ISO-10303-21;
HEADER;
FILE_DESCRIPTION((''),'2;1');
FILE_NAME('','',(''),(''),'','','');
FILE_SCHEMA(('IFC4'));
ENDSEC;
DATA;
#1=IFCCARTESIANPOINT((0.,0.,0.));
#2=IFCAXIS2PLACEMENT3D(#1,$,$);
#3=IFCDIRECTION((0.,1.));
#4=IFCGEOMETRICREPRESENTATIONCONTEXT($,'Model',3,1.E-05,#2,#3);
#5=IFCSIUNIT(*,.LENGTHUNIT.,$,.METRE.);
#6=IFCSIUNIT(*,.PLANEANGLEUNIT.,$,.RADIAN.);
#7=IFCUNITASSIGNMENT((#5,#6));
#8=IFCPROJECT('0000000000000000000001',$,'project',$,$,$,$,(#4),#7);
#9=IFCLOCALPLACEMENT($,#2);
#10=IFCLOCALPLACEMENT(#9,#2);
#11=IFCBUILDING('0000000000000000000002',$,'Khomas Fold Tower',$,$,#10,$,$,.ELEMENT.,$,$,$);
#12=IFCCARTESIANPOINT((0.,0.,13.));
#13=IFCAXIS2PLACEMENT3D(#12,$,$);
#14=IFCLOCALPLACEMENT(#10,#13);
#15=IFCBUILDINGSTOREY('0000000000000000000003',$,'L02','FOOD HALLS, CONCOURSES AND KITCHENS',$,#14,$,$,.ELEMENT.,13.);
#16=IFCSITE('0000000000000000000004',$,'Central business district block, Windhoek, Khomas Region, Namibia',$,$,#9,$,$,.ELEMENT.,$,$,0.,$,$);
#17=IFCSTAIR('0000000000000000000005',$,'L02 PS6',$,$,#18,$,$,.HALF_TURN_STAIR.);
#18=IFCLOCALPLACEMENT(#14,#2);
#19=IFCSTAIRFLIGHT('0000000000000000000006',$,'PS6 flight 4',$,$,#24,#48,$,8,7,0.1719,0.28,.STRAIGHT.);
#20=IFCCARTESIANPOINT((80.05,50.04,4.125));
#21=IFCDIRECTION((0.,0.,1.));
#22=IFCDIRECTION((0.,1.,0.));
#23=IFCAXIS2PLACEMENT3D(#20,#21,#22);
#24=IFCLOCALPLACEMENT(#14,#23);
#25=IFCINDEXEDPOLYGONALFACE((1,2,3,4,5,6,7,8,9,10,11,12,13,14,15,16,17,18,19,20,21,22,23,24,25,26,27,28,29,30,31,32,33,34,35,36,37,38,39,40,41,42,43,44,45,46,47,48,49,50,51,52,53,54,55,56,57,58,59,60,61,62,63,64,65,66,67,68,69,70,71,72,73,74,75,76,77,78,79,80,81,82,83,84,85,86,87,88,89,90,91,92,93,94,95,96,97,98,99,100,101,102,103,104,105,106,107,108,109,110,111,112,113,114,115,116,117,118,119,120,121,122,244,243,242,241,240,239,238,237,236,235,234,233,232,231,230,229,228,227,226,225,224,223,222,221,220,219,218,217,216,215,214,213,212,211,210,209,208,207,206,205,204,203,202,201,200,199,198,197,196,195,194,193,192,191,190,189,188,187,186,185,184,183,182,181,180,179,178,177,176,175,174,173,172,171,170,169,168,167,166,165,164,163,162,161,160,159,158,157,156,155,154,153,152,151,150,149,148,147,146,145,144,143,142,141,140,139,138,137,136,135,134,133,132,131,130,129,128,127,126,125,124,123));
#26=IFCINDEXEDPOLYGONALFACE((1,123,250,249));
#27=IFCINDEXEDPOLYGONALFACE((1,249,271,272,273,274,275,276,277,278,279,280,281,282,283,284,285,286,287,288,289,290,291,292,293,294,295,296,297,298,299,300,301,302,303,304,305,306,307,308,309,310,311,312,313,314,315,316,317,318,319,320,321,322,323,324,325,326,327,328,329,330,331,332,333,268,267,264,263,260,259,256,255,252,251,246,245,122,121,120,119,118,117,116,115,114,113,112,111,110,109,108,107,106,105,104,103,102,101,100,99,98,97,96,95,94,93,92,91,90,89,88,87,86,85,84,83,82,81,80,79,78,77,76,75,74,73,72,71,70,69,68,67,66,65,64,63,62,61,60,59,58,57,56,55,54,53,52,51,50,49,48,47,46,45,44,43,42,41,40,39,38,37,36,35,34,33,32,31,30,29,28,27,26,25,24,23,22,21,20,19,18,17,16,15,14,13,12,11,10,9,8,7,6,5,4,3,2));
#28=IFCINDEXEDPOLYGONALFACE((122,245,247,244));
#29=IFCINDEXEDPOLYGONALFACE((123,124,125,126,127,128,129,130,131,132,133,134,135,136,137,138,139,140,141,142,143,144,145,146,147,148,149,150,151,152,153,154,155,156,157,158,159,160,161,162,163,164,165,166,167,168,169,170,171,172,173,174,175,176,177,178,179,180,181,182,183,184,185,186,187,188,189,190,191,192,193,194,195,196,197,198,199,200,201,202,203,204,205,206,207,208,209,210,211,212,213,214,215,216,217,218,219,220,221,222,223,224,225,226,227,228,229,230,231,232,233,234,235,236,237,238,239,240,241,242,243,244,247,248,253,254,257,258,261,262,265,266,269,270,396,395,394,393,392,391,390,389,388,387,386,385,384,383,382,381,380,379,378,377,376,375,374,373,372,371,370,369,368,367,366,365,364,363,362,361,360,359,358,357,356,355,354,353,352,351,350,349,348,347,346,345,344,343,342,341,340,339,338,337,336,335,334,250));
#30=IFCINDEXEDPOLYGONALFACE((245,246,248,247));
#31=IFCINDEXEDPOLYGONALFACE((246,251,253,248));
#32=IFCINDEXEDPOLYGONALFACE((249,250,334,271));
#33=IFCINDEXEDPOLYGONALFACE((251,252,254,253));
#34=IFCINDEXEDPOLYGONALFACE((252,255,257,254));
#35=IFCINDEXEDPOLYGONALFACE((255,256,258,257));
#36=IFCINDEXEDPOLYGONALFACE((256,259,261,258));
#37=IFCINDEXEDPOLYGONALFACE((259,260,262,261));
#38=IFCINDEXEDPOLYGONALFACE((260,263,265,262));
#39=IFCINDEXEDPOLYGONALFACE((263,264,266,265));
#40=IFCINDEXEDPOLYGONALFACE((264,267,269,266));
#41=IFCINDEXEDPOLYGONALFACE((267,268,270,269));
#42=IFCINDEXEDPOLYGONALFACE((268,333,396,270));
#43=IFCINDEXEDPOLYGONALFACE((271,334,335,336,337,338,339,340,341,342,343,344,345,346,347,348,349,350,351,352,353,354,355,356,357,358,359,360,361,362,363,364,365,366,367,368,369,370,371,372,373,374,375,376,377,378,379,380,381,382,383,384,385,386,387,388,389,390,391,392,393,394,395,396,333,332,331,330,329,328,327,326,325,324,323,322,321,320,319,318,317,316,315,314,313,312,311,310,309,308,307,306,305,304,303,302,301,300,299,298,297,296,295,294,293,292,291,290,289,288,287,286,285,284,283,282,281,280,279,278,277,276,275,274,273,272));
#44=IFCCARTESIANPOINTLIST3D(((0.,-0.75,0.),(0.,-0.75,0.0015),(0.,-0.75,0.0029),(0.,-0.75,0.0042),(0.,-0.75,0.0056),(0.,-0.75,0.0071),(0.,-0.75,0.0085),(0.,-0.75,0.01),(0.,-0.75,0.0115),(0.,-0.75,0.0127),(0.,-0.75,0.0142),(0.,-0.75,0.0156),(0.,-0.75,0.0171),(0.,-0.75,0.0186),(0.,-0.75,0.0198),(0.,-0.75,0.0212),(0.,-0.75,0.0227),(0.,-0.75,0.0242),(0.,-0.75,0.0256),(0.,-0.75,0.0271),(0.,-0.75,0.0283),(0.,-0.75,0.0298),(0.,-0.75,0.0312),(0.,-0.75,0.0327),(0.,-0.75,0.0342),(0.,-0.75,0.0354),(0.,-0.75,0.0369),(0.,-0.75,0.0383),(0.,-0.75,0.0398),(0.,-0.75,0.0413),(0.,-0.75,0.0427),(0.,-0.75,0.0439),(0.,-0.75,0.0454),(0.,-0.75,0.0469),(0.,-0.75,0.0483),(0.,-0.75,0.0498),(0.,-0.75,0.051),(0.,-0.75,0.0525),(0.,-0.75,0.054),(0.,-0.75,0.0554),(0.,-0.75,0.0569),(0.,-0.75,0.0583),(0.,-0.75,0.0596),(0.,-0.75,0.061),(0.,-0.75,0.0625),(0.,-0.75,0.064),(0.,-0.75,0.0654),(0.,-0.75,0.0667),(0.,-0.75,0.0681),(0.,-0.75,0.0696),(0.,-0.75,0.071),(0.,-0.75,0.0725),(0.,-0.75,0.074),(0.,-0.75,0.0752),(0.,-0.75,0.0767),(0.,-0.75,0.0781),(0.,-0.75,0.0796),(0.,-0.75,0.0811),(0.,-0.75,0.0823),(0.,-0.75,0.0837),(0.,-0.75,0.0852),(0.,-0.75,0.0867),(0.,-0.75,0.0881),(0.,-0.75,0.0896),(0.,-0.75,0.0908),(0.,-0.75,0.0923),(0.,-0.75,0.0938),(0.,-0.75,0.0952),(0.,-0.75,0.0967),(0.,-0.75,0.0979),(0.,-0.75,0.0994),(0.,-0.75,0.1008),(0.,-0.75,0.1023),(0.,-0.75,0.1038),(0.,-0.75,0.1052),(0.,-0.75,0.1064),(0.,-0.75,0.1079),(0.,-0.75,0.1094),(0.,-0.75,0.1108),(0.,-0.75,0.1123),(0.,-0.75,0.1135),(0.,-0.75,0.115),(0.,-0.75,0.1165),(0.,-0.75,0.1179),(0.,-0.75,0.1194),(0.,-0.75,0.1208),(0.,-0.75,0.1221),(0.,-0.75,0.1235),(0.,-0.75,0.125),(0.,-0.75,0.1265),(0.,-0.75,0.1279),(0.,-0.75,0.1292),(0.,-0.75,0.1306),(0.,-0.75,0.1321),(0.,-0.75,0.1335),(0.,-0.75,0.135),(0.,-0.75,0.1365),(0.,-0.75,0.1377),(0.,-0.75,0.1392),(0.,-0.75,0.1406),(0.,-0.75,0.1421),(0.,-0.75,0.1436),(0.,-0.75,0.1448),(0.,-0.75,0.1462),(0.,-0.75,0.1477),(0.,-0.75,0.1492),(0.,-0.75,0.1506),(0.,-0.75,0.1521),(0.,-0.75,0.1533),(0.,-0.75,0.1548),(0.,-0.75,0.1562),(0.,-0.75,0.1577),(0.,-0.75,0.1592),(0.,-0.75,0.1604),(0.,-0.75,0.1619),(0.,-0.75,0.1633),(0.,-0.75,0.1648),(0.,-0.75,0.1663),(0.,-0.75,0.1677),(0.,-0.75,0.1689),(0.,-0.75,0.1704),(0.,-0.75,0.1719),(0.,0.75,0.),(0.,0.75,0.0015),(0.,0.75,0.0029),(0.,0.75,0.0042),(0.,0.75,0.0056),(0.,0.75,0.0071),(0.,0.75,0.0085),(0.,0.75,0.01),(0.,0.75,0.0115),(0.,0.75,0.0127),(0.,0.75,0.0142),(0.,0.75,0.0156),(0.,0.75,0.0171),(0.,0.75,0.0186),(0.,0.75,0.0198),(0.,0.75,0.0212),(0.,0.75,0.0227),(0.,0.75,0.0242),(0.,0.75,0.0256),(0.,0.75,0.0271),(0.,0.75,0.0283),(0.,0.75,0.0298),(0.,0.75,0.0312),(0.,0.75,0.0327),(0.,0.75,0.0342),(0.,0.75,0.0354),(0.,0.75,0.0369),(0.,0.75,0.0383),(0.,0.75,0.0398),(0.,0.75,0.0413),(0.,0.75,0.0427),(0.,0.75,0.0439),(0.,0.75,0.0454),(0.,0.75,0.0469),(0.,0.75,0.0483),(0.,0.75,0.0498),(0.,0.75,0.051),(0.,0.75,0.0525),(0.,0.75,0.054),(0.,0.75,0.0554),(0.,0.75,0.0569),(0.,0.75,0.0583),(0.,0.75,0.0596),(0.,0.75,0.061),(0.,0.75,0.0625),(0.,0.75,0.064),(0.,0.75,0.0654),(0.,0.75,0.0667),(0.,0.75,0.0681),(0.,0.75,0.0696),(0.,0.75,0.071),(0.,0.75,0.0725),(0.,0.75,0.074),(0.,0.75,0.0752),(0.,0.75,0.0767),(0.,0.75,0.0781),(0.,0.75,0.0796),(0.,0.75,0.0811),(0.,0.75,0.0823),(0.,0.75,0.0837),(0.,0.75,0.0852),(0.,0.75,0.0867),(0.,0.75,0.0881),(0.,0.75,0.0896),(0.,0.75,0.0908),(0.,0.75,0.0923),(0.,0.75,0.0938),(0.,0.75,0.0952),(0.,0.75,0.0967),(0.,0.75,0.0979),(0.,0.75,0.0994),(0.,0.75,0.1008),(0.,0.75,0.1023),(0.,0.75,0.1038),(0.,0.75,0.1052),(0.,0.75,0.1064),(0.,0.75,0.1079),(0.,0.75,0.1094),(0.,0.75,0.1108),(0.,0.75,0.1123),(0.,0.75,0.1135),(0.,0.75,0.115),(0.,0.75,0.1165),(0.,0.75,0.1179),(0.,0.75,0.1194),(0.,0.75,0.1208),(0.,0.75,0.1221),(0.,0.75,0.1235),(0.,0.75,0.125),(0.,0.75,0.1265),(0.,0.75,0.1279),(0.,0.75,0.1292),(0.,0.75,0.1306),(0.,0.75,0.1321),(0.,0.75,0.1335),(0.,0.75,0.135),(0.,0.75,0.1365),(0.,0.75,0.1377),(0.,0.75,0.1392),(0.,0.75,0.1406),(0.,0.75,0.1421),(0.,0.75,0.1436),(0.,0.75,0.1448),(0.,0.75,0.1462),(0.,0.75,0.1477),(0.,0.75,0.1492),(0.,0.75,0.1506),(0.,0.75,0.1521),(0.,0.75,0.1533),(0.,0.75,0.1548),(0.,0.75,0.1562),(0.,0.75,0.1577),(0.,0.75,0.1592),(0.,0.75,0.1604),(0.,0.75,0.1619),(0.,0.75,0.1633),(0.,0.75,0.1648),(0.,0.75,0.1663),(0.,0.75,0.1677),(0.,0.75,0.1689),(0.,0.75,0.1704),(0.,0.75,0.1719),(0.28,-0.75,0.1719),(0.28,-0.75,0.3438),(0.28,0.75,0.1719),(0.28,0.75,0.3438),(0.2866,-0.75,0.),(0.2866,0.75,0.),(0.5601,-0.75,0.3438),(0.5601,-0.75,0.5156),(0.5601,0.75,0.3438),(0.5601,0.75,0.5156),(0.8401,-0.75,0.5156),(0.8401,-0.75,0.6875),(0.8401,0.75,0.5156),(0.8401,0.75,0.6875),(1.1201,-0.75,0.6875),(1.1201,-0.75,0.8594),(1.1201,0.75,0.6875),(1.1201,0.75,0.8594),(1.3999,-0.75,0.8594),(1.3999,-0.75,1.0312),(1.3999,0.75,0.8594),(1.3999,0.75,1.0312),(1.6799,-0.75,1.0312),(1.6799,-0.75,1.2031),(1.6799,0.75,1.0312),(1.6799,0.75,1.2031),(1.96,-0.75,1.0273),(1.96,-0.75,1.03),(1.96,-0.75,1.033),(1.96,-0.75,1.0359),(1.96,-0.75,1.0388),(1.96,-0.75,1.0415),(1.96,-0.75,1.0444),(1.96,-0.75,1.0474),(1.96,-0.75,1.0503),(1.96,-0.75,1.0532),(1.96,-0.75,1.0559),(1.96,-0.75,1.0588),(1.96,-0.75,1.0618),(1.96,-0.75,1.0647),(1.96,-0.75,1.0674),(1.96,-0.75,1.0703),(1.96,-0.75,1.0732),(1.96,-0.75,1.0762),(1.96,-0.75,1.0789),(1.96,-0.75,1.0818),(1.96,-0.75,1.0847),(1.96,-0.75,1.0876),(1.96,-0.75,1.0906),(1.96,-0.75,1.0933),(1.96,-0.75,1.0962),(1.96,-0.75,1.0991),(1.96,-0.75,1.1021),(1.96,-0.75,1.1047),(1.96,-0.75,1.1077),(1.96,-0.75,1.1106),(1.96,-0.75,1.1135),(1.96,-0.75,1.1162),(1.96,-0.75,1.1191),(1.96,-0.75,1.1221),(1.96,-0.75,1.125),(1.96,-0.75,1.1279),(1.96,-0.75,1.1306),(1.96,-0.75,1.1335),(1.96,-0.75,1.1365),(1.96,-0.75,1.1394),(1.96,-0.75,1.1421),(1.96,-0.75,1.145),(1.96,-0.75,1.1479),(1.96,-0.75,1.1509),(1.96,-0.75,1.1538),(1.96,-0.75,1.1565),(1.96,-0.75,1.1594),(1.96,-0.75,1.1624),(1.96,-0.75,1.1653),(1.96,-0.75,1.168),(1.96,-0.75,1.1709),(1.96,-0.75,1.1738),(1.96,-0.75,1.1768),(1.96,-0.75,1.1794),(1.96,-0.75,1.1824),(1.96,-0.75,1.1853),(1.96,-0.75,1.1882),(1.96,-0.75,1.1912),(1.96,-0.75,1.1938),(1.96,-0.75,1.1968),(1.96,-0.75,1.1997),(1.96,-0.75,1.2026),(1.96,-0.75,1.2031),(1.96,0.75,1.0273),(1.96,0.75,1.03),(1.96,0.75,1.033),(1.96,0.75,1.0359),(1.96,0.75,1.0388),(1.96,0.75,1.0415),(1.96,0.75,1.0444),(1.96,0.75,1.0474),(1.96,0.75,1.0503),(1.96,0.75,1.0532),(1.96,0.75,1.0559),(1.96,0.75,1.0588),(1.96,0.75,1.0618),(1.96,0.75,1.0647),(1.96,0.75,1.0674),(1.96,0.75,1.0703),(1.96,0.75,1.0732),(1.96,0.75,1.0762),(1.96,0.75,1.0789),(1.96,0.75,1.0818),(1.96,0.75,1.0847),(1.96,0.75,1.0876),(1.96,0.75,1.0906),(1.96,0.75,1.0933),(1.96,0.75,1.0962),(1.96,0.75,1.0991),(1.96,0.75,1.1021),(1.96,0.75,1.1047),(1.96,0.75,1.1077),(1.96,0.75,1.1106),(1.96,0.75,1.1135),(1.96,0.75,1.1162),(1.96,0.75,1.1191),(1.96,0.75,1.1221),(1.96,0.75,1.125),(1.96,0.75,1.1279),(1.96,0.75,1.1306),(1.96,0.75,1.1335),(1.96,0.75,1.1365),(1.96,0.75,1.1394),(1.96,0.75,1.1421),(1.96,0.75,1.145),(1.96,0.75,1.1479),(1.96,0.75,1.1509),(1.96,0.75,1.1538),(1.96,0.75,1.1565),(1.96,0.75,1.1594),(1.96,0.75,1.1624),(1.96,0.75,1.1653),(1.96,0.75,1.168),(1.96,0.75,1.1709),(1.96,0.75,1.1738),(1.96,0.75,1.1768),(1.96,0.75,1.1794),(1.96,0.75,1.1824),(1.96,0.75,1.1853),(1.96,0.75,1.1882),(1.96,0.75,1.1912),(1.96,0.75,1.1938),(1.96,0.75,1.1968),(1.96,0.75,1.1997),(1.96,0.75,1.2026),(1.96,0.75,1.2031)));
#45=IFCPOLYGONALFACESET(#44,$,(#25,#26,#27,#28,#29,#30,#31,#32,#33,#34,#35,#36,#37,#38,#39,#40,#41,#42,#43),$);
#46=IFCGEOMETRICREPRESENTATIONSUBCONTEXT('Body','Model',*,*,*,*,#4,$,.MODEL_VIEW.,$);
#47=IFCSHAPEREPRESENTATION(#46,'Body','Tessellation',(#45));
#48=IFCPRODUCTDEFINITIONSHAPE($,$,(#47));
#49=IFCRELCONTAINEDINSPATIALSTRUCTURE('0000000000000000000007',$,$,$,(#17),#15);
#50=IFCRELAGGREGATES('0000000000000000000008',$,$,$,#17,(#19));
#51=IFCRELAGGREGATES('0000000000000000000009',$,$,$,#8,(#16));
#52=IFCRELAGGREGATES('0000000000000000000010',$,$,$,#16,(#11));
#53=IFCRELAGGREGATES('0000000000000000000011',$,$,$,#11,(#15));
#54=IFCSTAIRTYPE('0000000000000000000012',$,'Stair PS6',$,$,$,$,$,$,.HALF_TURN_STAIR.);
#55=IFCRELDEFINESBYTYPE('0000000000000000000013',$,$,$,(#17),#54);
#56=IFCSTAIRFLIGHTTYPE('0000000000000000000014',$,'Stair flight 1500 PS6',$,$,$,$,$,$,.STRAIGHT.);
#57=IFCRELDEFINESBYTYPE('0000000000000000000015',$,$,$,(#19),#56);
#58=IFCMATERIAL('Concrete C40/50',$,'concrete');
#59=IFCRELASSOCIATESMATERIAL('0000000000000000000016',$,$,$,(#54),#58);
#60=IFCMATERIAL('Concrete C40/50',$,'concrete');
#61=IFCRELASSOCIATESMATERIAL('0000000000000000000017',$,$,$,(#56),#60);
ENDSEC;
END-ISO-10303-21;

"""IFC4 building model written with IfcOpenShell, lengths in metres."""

from ifc_helpers import new_model, si_unit, direction, frame, origin, place, context, subcontext, project, spatial, polyline, outline, extrude, source, transform, mapped, material, type_object, element, aggregate, save


model = new_model("IFC4")

# Units and contexts
model_context = context("Model", 3, precision=1e-05, world=origin(), true_north=direction((0.0, 1.0)))
body_context = subcontext(model_context, "Body", "Model", "MODEL_VIEW")
ifc_project = project(units=[si_unit("LENGTHUNIT", "METRE"), si_unit("PLANEANGLEUNIT", "RADIAN")], contexts=[model_context])

# Site, building, storey
site_placement = place(None, origin())
site = spatial("IfcSite", under=ifc_project, at=site_placement, Name="Central business district block, Windhoek, Khomas Region, Namibia", CompositionType="ELEMENT", RefElevation=0.0)
building_placement = place(site_placement, origin())
building = spatial("IfcBuilding", under=site, at=building_placement, Name="Khomas Fold Tower", CompositionType="ELEMENT")
storey_placement = place(building_placement, frame((0.0, 0.0, 13.0)))
storey = spatial("IfcBuildingStorey", under=building, at=storey_placement, Name="L02", Description="FOOD HALLS, CONCOURSES AND KITCHENS", CompositionType="ELEMENT", Elevation=13.0)

# Stair, stair flight
shared_shape_1 = source(origin(), body_context, "Body", "SweptSolid", [
    extrude(outline(polyline([(0.0, 0.0), (0.0, 0.0015), (0.0, 0.0029), (0.0, 0.0042), (0.0, 0.0056), (0.0, 0.0071), (0.0, 0.0085), (0.0, 0.01), (0.0, 0.0115), (0.0, 0.0127), (0.0, 0.0142), (0.0, 0.0156), (0.0, 0.0171), (0.0, 0.0186), (0.0, 0.0198), (0.0, 0.0212), (0.0, 0.0227), (0.0, 0.0242), (0.0, 0.0256), (0.0, 0.0271), (0.0, 0.0283), (0.0, 0.0298), (0.0, 0.0312), (0.0, 0.0327), (0.0, 0.0342), (0.0, 0.0354), (0.0, 0.0369), (0.0, 0.0383), (0.0, 0.0398), (0.0, 0.0413), (0.0, 0.0427), (0.0, 0.0439), (0.0, 0.0454), (0.0, 0.0469), (0.0, 0.0483), (0.0, 0.0498), (0.0, 0.051), (0.0, 0.0525), (0.0, 0.054), (0.0, 0.0554), (0.0, 0.0569), (0.0, 0.0583), (0.0, 0.0596), (0.0, 0.061), (0.0, 0.0625), (0.0, 0.064), (0.0, 0.0654), (0.0, 0.0667), (0.0, 0.0681), (0.0, 0.0696), (0.0, 0.071), (0.0, 0.0725), (0.0, 0.074), (0.0, 0.0752), (0.0, 0.0767), (0.0, 0.0781), (0.0, 0.0796), (0.0, 0.0811), (0.0, 0.0823), (0.0, 0.0837), (0.0, 0.0852), (0.0, 0.0867), (0.0, 0.0881), (0.0, 0.0896), (0.0, 0.0908), (0.0, 0.0923), (0.0, 0.0938), (0.0, 0.0952), (0.0, 0.0967), (0.0, 0.0979), (0.0, 0.0994), (0.0, 0.1008), (0.0, 0.1023), (0.0, 0.1038), (0.0, 0.1052), (0.0, 0.1064), (0.0, 0.1079), (0.0, 0.1094), (0.0, 0.1108), (0.0, 0.1123), (0.0, 0.1135), (0.0, 0.115), (0.0, 0.1165), (0.0, 0.1179), (0.0, 0.1194), (0.0, 0.1208), (0.0, 0.1221), (0.0, 0.1235), (0.0, 0.125), (0.0, 0.1265), (0.0, 0.1279), (0.0, 0.1292), (0.0, 0.1306), (0.0, 0.1321), (0.0, 0.1335), (0.0, 0.135), (0.0, 0.1365), (0.0, 0.1377), (0.0, 0.1392), (0.0, 0.1406), (0.0, 0.1421), (0.0, 0.1436), (0.0, 0.1448), (0.0, 0.1462), (0.0, 0.1477), (0.0, 0.1492), (0.0, 0.1506), (0.0, 0.1521), (0.0, 0.1533), (0.0, 0.1548), (0.0, 0.1562), (0.0, 0.1577), (0.0, 0.1592), (0.0, 0.1604), (0.0, 0.1619), (0.0, 0.1633), (0.0, 0.1648), (0.0, 0.1663), (0.0, 0.1677), (0.0, 0.1689), (0.0, 0.1704), (0.0, 0.1719), (0.28, 0.1719), (0.28, 0.3438), (0.5601, 0.3438), (0.5601, 0.5156), (0.8401, 0.5156), (0.8401, 0.6875), (1.1201, 0.6875), (1.1201, 0.8594), (1.3999, 0.8594), (1.3999, 1.0312), (1.6799, 1.0312), (1.6799, 1.2031), (1.96, 1.2031), (1.96, 1.375), (1.96, 1.3721), (1.96, 1.3691), (1.96, 1.3665), (1.96, 1.3635), (1.96, 1.3606), (1.96, 1.3577), (1.96, 1.355), (1.96, 1.3521), (1.96, 1.3491), (1.96, 1.3462), (1.96, 1.3435), (1.96, 1.3406), (1.96, 1.3376), (1.96, 1.3347), (1.96, 1.3318), (1.96, 1.3291), (1.96, 1.3262), (1.96, 1.3232), (1.96, 1.3203), (1.96, 1.3176), (1.96, 1.3147), (1.96, 1.3118), (1.96, 1.3088), (1.96, 1.3059), (1.96, 1.3032), (1.96, 1.3003), (1.96, 1.2974), (1.96, 1.2944), (1.96, 1.2917), (1.96, 1.2888), (1.96, 1.2859), (1.96, 1.283), (1.96, 1.2803), (1.96, 1.2773), (1.96, 1.2744), (1.96, 1.2715), (1.96, 1.2686), (1.96, 1.2659), (1.96, 1.2629), (1.96, 1.26), (1.96, 1.2571), (1.96, 1.2544), (1.96, 1.2515), (1.96, 1.2485), (1.96, 1.2456), (1.96, 1.2427), (1.96, 1.24), (1.96, 1.2371), (1.96, 1.2341), (1.96, 1.2312), (1.96, 1.2285), (1.96, 1.2256), (1.96, 1.2227), (1.96, 1.2197), (1.96, 1.217), (1.96, 1.2141), (1.96, 1.2112), (1.96, 1.2083), (1.96, 1.2053), (1.96, 1.2026), (1.96, 1.1997), (1.96, 1.1968), (1.96, 1.1938), (1.96, 1.1912), (1.96, 1.1882), (1.96, 1.1853), (1.96, 1.1824), (1.96, 1.1794), (1.96, 1.1768), (1.96, 1.1738), (1.96, 1.1709), (1.96, 1.168), (1.96, 1.1653), (1.96, 1.1624), (1.96, 1.1594), (1.96, 1.1565), (1.96, 1.1538), (1.96, 1.1509), (1.96, 1.1479), (1.96, 1.145), (1.96, 1.1421), (1.96, 1.1394), (1.96, 1.1365), (1.96, 1.1335), (1.96, 1.1306), (1.96, 1.1279), (1.96, 1.125), (1.96, 1.1221), (1.96, 1.1191), (1.96, 1.1162), (1.96, 1.1135), (1.96, 1.1106), (1.96, 1.1077), (1.96, 1.1047), (1.96, 1.1021), (1.96, 1.0991), (1.96, 1.0962), (1.96, 1.0933), (1.96, 1.0906), (1.96, 1.0876), (1.96, 1.0847), (1.96, 1.0818), (1.96, 1.0789), (1.96, 1.0762), (1.96, 1.0732), (1.96, 1.0703), (1.96, 1.0674), (1.96, 1.0647), (1.96, 1.0618), (1.96, 1.0588), (1.96, 1.0559), (1.96, 1.0532), (1.96, 1.0503), (1.96, 1.0474), (1.96, 1.0444), (1.96, 1.0415), (1.96, 1.0388), (1.96, 1.0359), (1.96, 1.033), (1.96, 1.03), (1.96, 1.0273), (0.2866, 0.0), (0.0, 0.0)])), frame((0.0, 0.75, 0.0), z_axis=(0.0, -1.0, 0.0), x_axis=(1.0, 0.0, 0.0)), (0.0, 0.0, 1.0), 1.5),
])
ifc_material_1 = material(Name="Concrete C40/50", Category="concrete")
stair_type_1 = type_object("IfcStairType", Name="Stair PS6", PredefinedType="HALF_TURN_STAIR", material=ifc_material_1)
stair_1_placement = place(storey_placement, origin())
stair_1 = element("IfcStair", 1, at=stair_1_placement, inside=storey, type_object=stair_type_1, Name="L02 PS6", PredefinedType="HALF_TURN_STAIR")
ifc_material_2 = material(Name="Concrete C40/50", Category="concrete")
stair_flight_type_1 = type_object("IfcStairFlightType", Name="Stair flight 1500 PS6", PredefinedType="STRAIGHT", material=ifc_material_2)
stair_flight_1_placement = place(storey_placement, frame((80.05, 50.04, 4.125), z_axis=(0.0, 0.0, 1.0), x_axis=(0.0, 1.0, 0.0)))
stair_flight_1 = element("IfcStairFlight", 2, at=stair_flight_1_placement, type_object=stair_flight_type_1, Name="PS6 flight 4", NumberOfRisers=8, NumberOfTreads=7, PredefinedType="STRAIGHT", RiserHeight=0.1719, TreadLength=0.28, context=body_context, shape_type="MappedRepresentation", body=[
    mapped(shared_shape_1, transform((0.0, 0.0, 0.0))),
])
aggregate(stair_1, [stair_flight_1])

save(model, "model.ifc")
